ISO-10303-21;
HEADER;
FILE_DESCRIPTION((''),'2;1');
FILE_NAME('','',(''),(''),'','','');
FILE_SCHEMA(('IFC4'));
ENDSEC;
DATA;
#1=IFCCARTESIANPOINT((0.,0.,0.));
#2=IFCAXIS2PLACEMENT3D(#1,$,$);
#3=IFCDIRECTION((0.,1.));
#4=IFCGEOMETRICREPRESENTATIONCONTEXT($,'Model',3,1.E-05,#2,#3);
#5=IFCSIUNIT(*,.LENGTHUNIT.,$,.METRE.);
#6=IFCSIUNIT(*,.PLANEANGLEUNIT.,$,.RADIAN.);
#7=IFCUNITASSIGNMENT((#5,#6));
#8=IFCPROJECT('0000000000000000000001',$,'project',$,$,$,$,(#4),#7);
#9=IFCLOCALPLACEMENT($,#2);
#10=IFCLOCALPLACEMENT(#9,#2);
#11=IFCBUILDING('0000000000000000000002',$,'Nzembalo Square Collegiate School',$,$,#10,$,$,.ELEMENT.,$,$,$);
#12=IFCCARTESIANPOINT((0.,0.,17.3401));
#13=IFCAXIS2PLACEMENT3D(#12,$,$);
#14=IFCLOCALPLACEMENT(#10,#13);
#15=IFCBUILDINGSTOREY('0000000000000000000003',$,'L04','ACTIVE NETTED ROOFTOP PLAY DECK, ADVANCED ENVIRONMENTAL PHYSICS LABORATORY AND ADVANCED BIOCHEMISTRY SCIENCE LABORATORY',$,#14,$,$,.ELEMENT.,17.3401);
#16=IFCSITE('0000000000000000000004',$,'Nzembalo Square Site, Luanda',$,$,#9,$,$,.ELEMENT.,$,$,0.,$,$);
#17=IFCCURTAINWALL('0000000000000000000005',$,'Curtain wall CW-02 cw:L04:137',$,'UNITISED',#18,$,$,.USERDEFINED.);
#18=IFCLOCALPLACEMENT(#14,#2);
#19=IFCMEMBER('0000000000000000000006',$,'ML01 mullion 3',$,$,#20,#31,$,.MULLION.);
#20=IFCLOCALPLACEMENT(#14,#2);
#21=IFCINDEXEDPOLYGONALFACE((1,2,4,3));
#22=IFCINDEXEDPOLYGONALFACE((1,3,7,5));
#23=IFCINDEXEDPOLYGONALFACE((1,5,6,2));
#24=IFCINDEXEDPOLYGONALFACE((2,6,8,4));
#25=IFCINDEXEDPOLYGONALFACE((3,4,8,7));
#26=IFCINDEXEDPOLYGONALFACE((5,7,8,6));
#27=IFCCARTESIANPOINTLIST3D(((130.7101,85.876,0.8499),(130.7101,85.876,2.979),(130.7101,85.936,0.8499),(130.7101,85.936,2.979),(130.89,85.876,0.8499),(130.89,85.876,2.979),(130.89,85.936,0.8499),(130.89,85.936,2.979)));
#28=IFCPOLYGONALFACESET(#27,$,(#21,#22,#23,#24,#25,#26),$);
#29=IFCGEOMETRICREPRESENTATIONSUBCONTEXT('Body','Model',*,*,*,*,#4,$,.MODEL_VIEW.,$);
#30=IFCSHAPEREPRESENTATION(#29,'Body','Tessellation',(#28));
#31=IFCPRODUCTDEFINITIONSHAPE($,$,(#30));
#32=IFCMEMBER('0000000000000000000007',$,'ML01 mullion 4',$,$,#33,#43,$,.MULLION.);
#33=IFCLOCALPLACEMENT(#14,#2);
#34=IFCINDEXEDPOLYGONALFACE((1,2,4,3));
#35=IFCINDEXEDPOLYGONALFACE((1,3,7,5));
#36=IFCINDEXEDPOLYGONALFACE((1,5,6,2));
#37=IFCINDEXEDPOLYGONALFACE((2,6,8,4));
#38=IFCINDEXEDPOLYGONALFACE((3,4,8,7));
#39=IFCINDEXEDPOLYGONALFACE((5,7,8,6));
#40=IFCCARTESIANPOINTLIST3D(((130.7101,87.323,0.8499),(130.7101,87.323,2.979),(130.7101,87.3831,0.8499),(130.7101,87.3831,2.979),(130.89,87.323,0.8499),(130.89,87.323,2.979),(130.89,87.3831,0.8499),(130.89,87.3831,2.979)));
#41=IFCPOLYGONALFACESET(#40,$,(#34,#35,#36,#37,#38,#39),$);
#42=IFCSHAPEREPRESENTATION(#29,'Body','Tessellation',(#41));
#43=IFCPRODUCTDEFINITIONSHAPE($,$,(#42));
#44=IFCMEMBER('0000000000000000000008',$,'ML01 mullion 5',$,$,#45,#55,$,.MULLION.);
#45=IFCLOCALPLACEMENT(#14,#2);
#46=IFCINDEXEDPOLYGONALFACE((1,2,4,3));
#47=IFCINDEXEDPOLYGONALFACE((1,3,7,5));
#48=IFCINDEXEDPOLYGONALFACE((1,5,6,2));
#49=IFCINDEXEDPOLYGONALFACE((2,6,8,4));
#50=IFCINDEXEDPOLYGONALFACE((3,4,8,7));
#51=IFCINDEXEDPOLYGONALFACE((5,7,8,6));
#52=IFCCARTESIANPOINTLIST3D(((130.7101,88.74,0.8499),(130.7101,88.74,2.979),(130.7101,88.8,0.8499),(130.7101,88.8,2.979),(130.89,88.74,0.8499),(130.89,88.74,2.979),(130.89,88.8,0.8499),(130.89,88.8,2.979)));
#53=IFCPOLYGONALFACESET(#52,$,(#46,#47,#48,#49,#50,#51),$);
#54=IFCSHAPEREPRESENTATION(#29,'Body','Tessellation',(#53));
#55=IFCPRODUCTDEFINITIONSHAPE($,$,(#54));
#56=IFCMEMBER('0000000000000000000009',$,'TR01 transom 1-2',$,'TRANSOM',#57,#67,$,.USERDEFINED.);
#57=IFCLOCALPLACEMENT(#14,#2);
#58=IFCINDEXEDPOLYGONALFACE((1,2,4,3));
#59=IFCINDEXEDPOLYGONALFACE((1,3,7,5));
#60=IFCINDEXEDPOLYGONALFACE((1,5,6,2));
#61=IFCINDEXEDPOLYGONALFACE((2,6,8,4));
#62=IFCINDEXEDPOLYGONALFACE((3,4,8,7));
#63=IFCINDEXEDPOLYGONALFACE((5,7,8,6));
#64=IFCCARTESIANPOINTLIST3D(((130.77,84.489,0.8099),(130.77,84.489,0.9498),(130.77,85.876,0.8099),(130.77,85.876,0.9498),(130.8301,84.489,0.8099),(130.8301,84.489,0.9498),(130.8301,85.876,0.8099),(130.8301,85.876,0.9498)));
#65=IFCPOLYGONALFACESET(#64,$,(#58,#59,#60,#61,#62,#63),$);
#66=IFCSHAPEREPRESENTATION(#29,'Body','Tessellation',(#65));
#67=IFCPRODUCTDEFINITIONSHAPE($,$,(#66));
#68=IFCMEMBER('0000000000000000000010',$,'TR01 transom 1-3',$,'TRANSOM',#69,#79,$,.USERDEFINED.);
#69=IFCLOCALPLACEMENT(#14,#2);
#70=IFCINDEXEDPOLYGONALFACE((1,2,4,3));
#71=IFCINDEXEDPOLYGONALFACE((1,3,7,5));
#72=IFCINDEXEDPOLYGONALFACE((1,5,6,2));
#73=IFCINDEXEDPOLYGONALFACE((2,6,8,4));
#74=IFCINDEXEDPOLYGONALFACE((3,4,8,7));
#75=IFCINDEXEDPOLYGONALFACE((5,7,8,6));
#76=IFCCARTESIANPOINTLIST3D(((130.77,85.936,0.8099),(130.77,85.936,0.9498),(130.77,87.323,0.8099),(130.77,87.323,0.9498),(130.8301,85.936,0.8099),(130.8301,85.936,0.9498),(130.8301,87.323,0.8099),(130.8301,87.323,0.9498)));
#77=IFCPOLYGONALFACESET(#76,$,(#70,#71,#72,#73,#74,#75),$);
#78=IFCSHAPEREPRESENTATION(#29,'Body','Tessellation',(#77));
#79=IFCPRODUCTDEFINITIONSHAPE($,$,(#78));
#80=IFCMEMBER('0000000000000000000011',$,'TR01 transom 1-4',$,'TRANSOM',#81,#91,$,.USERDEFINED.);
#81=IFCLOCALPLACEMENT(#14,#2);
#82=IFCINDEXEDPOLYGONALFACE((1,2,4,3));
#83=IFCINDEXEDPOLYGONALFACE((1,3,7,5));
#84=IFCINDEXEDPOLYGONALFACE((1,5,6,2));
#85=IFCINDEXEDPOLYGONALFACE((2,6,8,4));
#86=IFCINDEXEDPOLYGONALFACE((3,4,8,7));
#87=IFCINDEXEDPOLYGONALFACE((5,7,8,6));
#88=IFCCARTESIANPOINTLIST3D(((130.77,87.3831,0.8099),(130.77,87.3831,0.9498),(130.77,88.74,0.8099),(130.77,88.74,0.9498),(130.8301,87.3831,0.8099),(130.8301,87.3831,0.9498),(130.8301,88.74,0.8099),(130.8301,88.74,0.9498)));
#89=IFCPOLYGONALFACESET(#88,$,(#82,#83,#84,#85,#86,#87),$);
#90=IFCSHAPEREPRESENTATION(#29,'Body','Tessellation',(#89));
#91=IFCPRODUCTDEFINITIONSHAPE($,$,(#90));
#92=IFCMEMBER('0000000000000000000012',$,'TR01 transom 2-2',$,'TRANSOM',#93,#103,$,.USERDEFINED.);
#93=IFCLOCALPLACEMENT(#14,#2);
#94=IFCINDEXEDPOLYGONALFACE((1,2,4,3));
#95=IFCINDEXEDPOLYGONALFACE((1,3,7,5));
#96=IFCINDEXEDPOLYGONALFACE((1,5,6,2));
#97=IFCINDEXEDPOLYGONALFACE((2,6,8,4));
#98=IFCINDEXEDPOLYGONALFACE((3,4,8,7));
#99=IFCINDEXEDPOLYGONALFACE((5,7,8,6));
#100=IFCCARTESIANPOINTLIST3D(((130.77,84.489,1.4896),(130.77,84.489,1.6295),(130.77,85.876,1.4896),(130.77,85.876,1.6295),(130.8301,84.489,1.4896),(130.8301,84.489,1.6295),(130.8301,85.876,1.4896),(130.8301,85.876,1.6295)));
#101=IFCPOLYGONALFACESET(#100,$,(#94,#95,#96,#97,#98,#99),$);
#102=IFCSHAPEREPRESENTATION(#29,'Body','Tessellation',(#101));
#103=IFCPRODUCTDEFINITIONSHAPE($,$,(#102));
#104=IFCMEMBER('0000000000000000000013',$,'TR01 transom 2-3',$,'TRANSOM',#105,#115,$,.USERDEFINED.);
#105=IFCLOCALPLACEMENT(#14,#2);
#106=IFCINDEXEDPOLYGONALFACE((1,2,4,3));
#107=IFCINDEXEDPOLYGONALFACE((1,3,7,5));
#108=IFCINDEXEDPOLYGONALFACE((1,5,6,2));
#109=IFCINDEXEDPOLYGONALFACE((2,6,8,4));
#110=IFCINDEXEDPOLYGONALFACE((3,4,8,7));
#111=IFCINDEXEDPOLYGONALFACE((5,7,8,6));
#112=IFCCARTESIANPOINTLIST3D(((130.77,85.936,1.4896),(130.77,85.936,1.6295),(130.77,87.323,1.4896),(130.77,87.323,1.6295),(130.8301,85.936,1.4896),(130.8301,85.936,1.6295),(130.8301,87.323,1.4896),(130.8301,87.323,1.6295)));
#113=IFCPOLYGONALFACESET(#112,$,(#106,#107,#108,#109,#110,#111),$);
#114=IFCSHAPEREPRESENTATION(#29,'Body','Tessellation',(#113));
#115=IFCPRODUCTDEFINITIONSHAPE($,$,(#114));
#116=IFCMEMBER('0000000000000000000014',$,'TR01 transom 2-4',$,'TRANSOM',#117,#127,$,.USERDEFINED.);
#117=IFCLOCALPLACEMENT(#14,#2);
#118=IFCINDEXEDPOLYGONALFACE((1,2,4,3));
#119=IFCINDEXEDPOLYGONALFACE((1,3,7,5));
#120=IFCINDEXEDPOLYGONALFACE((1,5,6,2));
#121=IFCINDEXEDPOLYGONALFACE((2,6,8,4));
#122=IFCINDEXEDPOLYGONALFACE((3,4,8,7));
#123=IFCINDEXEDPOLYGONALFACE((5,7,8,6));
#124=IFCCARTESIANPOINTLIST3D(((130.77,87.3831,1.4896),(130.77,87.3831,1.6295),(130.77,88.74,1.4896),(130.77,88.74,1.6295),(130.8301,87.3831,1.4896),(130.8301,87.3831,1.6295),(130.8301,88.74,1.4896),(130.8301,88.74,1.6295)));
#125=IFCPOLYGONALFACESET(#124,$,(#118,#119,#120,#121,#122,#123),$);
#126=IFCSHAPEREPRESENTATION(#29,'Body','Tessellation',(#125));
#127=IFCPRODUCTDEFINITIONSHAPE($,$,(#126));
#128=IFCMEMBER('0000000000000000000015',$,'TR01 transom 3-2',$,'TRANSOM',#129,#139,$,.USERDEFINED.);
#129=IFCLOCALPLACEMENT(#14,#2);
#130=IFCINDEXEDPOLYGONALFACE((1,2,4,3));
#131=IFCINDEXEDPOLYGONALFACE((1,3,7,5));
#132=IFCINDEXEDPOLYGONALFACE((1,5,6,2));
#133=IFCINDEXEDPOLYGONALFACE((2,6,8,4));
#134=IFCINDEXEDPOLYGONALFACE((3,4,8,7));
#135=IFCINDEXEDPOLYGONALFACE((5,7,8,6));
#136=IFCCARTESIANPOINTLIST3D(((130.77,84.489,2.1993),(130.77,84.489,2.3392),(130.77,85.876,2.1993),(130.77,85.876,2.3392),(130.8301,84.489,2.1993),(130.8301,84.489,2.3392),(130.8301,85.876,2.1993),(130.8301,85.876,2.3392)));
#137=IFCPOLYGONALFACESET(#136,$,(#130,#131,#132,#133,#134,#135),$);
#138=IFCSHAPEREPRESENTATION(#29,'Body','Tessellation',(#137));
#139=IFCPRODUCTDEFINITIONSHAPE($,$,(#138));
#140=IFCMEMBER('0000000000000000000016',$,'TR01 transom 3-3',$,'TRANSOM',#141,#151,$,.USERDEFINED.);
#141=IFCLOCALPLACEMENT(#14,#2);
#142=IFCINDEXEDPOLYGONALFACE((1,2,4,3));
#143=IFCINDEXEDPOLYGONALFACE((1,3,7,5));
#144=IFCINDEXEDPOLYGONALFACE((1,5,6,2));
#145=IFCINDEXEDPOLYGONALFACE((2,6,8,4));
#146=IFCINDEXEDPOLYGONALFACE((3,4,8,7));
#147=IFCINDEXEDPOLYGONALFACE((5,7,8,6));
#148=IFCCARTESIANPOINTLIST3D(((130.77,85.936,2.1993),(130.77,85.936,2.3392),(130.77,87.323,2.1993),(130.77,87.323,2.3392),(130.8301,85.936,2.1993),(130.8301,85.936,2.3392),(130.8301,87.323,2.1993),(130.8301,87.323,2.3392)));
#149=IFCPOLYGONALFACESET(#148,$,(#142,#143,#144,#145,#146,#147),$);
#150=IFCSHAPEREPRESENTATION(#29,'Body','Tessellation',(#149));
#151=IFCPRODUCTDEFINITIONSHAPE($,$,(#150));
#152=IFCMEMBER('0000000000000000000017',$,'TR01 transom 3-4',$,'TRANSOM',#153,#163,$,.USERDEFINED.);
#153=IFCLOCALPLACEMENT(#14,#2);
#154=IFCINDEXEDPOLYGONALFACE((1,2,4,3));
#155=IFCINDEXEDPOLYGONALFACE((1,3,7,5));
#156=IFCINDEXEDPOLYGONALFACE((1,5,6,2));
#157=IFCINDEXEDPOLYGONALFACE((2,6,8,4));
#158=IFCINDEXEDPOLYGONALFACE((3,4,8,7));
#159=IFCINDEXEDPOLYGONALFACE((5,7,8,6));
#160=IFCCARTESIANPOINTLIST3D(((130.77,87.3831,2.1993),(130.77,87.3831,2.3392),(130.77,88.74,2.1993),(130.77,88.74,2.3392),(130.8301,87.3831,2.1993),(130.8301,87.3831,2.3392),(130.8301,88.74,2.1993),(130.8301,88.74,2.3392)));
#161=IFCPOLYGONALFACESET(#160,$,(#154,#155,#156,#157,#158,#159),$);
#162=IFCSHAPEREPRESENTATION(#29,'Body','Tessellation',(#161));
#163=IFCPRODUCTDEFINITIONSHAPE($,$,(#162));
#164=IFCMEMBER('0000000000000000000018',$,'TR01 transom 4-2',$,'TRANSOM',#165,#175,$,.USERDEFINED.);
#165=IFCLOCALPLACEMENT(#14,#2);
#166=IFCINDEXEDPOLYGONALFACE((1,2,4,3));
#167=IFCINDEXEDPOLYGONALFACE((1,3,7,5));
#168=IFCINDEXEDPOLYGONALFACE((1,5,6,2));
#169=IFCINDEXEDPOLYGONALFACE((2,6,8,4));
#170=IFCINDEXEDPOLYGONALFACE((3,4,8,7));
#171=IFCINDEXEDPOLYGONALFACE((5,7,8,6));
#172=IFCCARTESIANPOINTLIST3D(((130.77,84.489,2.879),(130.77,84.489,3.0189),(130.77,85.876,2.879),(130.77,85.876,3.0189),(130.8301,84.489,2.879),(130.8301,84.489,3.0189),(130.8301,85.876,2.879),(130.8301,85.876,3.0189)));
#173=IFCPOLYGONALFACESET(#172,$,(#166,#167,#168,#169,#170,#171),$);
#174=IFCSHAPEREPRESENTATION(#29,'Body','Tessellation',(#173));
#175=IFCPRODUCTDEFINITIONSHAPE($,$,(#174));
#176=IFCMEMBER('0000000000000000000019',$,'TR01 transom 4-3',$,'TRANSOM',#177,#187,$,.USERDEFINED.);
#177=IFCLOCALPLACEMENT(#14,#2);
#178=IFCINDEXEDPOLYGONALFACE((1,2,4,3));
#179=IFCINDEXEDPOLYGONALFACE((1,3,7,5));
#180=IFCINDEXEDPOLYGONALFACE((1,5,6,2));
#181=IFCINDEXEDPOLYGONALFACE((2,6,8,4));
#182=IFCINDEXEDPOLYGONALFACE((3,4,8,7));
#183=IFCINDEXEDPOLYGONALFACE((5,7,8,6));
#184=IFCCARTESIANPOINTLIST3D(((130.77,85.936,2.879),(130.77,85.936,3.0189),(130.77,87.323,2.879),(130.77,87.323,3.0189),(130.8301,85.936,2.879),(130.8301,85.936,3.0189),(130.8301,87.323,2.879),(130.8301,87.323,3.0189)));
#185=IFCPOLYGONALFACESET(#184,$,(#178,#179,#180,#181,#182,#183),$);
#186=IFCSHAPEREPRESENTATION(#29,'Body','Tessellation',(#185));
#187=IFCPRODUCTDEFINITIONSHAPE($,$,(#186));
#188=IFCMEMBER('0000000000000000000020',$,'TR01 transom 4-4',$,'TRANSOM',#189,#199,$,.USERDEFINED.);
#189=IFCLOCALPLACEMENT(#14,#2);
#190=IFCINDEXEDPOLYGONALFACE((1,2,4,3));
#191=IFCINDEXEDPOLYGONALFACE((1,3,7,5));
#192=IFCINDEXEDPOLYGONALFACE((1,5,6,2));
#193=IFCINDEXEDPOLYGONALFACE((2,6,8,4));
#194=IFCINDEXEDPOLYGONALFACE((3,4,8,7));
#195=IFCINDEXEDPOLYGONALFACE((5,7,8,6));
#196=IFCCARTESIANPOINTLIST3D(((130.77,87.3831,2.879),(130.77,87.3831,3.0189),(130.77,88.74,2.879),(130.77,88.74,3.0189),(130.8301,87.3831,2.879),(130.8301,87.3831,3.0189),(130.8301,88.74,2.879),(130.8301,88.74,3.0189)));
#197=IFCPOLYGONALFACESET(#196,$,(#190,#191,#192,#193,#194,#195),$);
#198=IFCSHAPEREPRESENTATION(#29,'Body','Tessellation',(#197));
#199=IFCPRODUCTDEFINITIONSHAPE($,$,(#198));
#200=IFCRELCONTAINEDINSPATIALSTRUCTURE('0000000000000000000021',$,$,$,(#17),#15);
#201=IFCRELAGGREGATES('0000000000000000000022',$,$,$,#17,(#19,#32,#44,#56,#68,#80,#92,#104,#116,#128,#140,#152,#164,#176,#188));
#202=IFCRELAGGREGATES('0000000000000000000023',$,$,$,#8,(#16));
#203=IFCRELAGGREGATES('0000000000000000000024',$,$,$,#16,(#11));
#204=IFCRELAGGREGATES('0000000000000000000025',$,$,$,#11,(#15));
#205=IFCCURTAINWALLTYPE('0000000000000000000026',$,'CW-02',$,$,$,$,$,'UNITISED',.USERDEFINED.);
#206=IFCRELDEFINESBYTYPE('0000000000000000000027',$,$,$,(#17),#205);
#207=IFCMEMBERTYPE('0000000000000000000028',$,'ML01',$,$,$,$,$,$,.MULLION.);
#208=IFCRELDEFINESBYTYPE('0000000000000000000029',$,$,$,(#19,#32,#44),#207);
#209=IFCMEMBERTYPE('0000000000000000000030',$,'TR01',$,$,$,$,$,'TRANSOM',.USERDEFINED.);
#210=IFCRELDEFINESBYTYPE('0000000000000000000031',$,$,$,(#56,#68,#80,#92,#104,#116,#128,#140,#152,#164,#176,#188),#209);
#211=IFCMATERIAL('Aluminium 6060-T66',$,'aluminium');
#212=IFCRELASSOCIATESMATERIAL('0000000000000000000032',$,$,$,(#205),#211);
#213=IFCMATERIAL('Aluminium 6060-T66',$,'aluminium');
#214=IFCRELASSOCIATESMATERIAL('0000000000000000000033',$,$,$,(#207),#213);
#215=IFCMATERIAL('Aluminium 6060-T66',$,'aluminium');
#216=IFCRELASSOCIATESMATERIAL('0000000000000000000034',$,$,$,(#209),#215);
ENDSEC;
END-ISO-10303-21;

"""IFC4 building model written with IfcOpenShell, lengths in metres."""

from ifc_helpers import new_model, si_unit, direction, frame, origin, origin_2d, place, context, subcontext, project, spatial, rectangle, extrude, material, material_profile, profile_set, type_object, element, aggregate, save


model = new_model("IFC4")

# Units and contexts
model_context = context("Model", 3, precision=1e-05, world=origin(), true_north=direction((0.0, 1.0)))
body_context = subcontext(model_context, "Body", "Model", "MODEL_VIEW")
ifc_project = project(units=[si_unit("LENGTHUNIT", "METRE"), si_unit("PLANEANGLEUNIT", "RADIAN")], contexts=[model_context])

# Site, building, storey
site_placement = place(None, origin())
site = spatial("IfcSite", under=ifc_project, at=site_placement, Name="Nzembalo Square Site, Luanda", CompositionType="ELEMENT", RefElevation=0.0)
building_placement = place(site_placement, origin())
building = spatial("IfcBuilding", under=site, at=building_placement, Name="Nzembalo Square Collegiate School", CompositionType="ELEMENT")
storey_placement = place(building_placement, frame((0.0, 0.0, 17.3401)))
storey = spatial("IfcBuildingStorey", under=building, at=storey_placement, Name="L04", Description="ACTIVE NETTED ROOFTOP PLAY DECK, ADVANCED ENVIRONMENTAL PHYSICS LABORATORY AND ADVANCED BIOCHEMISTRY SCIENCE LABORATORY", CompositionType="ELEMENT", Elevation=17.3401)

# Curtain wall, members
ifc_material_1 = material(Name="Aluminium 6060-T66", Category="aluminium")
curtain_wall_type = type_object("IfcCurtainWallType", Name="CW-02", ElementType="UNITISED", PredefinedType="USERDEFINED", material=ifc_material_1)
curtain_wall_placement = place(storey_placement, origin())
curtain_wall = element("IfcCurtainWall", 1, at=curtain_wall_placement, inside=storey, type_object=curtain_wall_type, Name="Curtain wall CW-02 cw:L04:137", ObjectType="UNITISED", PredefinedType="USERDEFINED")
ifc_material_2 = material(Name="Aluminium 6060-T66", Category="aluminium")
ifc_material_profile_1 = material_profile(ifc_material_2, rectangle(XDim=0.0601, YDim=0.1799, at=origin_2d()), Name="ALU M60x180")
ifc_profile_set_1 = profile_set([ifc_material_profile_1], Name="Aluminium 6060-T66")
member_type_1 = type_object("IfcMemberType", Name="ML01", PredefinedType="MULLION", material=ifc_profile_set_1)
member_1_placement = place(storey_placement, frame((130.8, 85.906, 0.8499), z_axis=(0.0, 0.0, 1.0), x_axis=(0.0, 1.0, 0.0)))
member_1 = element("IfcMember", 2, at=member_1_placement, type_object=member_type_1, Name="ML01 mullion 3", PredefinedType="MULLION", context=body_context, shape_type="SweptSolid", body=[
    extrude(rectangle(XDim=0.0601, YDim=0.1799, at=origin_2d()), origin(), (0.0, 0.0, 1.0), 2.1292),
])
member_2_placement = place(storey_placement, frame((130.8, 87.353, 0.8499), z_axis=(0.0, 0.0, 1.0), x_axis=(0.0, 1.0, 0.0)))
member_2 = element("IfcMember", 3, at=member_2_placement, type_object=member_type_1, Name="ML01 mullion 4", PredefinedType="MULLION", context=body_context, shape_type="SweptSolid", body=[
    extrude(rectangle(XDim=0.0601, YDim=0.1799, at=origin_2d()), origin(), (0.0, 0.0, 1.0), 2.1292),
])
member_3_placement = place(storey_placement, frame((130.8, 88.77, 0.8499), z_axis=(0.0, 0.0, 1.0), x_axis=(0.0, 1.0, 0.0)))
member_3 = element("IfcMember", 4, at=member_3_placement, type_object=member_type_1, Name="ML01 mullion 5", PredefinedType="MULLION", context=body_context, shape_type="SweptSolid", body=[
    extrude(rectangle(XDim=0.0601, YDim=0.1799, at=origin_2d()), origin(), (0.0, 0.0, 1.0), 2.1292),
])
ifc_material_3 = material(Name="Aluminium 6060-T66", Category="aluminium")
ifc_material_profile_2 = material_profile(ifc_material_3, rectangle(XDim=0.0601, YDim=0.1399, at=origin_2d()), Name="ALU T60x140")
ifc_profile_set_2 = profile_set([ifc_material_profile_2], Name="Aluminium 6060-T66")
member_type_2 = type_object("IfcMemberType", Name="TR01", ElementType="TRANSOM", PredefinedType="USERDEFINED", material=ifc_profile_set_2)
member_4_placement = place(storey_placement, frame((130.8, 84.489, 0.8799), z_axis=(0.0, 1.0, 0.0), x_axis=(-1.0, 0.0, 0.0)))
member_4 = element("IfcMember", 5, at=member_4_placement, type_object=member_type_2, Name="TR01 transom 1-2", ObjectType="TRANSOM", PredefinedType="USERDEFINED", context=body_context, shape_type="SweptSolid", body=[
    extrude(rectangle(XDim=0.0601, YDim=0.1399, at=origin_2d()), origin(), (0.0, 0.0, 1.0), 1.387),
])
member_5_placement = place(storey_placement, frame((130.8, 85.936, 0.8799), z_axis=(0.0, 1.0, 0.0), x_axis=(-1.0, 0.0, 0.0)))
member_5 = element("IfcMember", 6, at=member_5_placement, type_object=member_type_2, Name="TR01 transom 1-3", ObjectType="TRANSOM", PredefinedType="USERDEFINED", context=body_context, shape_type="SweptSolid", body=[
    extrude(rectangle(XDim=0.0601, YDim=0.1399, at=origin_2d()), origin(), (0.0, 0.0, 1.0), 1.387),
])
member_6_placement = place(storey_placement, frame((130.8, 87.3831, 0.8799), z_axis=(0.0, 1.0, 0.0), x_axis=(-1.0, 0.0, 0.0)))
member_6 = element("IfcMember", 7, at=member_6_placement, type_object=member_type_2, Name="TR01 transom 1-4", ObjectType="TRANSOM", PredefinedType="USERDEFINED", context=body_context, shape_type="SweptSolid", body=[
    extrude(rectangle(XDim=0.0601, YDim=0.1399, at=origin_2d()), origin(), (0.0, 0.0, 1.0), 1.3569),
])
member_7_placement = place(storey_placement, frame((130.8, 84.489, 1.5596), z_axis=(0.0, 1.0, 0.0), x_axis=(-1.0, 0.0, 0.0)))
member_7 = element("IfcMember", 8, at=member_7_placement, type_object=member_type_2, Name="TR01 transom 2-2", ObjectType="TRANSOM", PredefinedType="USERDEFINED", context=body_context, shape_type="SweptSolid", body=[
    extrude(rectangle(XDim=0.0601, YDim=0.1399, at=origin_2d()), origin(), (0.0, 0.0, 1.0), 1.387),
])
member_8_placement = place(storey_placement, frame((130.8, 85.936, 1.5596), z_axis=(0.0, 1.0, 0.0), x_axis=(-1.0, 0.0, 0.0)))
member_8 = element("IfcMember", 9, at=member_8_placement, type_object=member_type_2, Name="TR01 transom 2-3", ObjectType="TRANSOM", PredefinedType="USERDEFINED", context=body_context, shape_type="SweptSolid", body=[
    extrude(rectangle(XDim=0.0601, YDim=0.1399, at=origin_2d()), origin(), (0.0, 0.0, 1.0), 1.387),
])
member_9_placement = place(storey_placement, frame((130.8, 87.3831, 1.5596), z_axis=(0.0, 1.0, 0.0), x_axis=(-1.0, 0.0, 0.0)))
member_9 = element("IfcMember", 10, at=member_9_placement, type_object=member_type_2, Name="TR01 transom 2-4", ObjectType="TRANSOM", PredefinedType="USERDEFINED", context=body_context, shape_type="SweptSolid", body=[
    extrude(rectangle(XDim=0.0601, YDim=0.1399, at=origin_2d()), origin(), (0.0, 0.0, 1.0), 1.3569),
])
member_10_placement = place(storey_placement, frame((130.8, 84.489, 2.2693), z_axis=(0.0, 1.0, 0.0), x_axis=(-1.0, 0.0, 0.0)))
member_10 = element("IfcMember", 11, at=member_10_placement, type_object=member_type_2, Name="TR01 transom 3-2", ObjectType="TRANSOM", PredefinedType="USERDEFINED", context=body_context, shape_type="SweptSolid", body=[
    extrude(rectangle(XDim=0.0601, YDim=0.1399, at=origin_2d()), origin(), (0.0, 0.0, 1.0), 1.387),
])
member_11_placement = place(storey_placement, frame((130.8, 85.936, 2.2693), z_axis=(0.0, 1.0, 0.0), x_axis=(-1.0, 0.0, 0.0)))
member_11 = element("IfcMember", 12, at=member_11_placement, type_object=member_type_2, Name="TR01 transom 3-3", ObjectType="TRANSOM", PredefinedType="USERDEFINED", context=body_context, shape_type="SweptSolid", body=[
    extrude(rectangle(XDim=0.0601, YDim=0.1399, at=origin_2d()), origin(), (0.0, 0.0, 1.0), 1.387),
])
member_12_placement = place(storey_placement, frame((130.8, 87.3831, 2.2693), z_axis=(0.0, 1.0, 0.0), x_axis=(-1.0, 0.0, 0.0)))
member_12 = element("IfcMember", 13, at=member_12_placement, type_object=member_type_2, Name="TR01 transom 3-4", ObjectType="TRANSOM", PredefinedType="USERDEFINED", context=body_context, shape_type="SweptSolid", body=[
    extrude(rectangle(XDim=0.0601, YDim=0.1399, at=origin_2d()), origin(), (0.0, 0.0, 1.0), 1.3569),
])
member_13_placement = place(storey_placement, frame((130.8, 84.489, 2.949), z_axis=(0.0, 1.0, 0.0), x_axis=(-1.0, 0.0, 0.0)))
member_13 = element("IfcMember", 14, at=member_13_placement, type_object=member_type_2, Name="TR01 transom 4-2", ObjectType="TRANSOM", PredefinedType="USERDEFINED", context=body_context, shape_type="SweptSolid", body=[
    extrude(rectangle(XDim=0.0601, YDim=0.1399, at=origin_2d()), origin(), (0.0, 0.0, 1.0), 1.387),
])
member_14_placement = place(storey_placement, frame((130.8, 85.936, 2.949), z_axis=(0.0, 1.0, 0.0), x_axis=(-1.0, 0.0, 0.0)))
member_14 = element("IfcMember", 15, at=member_14_placement, type_object=member_type_2, Name="TR01 transom 4-3", ObjectType="TRANSOM", PredefinedType="USERDEFINED", context=body_context, shape_type="SweptSolid", body=[
    extrude(rectangle(XDim=0.0601, YDim=0.1399, at=origin_2d()), origin(), (0.0, 0.0, 1.0), 1.387),
])
member_15_placement = place(storey_placement, frame((130.8, 87.3831, 2.949), z_axis=(0.0, 1.0, 0.0), x_axis=(-1.0, 0.0, 0.0)))
member_15 = element("IfcMember", 16, at=member_15_placement, type_object=member_type_2, Name="TR01 transom 4-4", ObjectType="TRANSOM", PredefinedType="USERDEFINED", context=body_context, shape_type="SweptSolid", body=[
    extrude(rectangle(XDim=0.0601, YDim=0.1399, at=origin_2d()), origin(), (0.0, 0.0, 1.0), 1.3569),
])
aggregate(curtain_wall, [member_1, member_2, member_3, member_4, member_5, member_6, member_7, member_8, member_9, member_10, member_11, member_12, member_13, member_14, member_15])

save(model, "model.ifc")
